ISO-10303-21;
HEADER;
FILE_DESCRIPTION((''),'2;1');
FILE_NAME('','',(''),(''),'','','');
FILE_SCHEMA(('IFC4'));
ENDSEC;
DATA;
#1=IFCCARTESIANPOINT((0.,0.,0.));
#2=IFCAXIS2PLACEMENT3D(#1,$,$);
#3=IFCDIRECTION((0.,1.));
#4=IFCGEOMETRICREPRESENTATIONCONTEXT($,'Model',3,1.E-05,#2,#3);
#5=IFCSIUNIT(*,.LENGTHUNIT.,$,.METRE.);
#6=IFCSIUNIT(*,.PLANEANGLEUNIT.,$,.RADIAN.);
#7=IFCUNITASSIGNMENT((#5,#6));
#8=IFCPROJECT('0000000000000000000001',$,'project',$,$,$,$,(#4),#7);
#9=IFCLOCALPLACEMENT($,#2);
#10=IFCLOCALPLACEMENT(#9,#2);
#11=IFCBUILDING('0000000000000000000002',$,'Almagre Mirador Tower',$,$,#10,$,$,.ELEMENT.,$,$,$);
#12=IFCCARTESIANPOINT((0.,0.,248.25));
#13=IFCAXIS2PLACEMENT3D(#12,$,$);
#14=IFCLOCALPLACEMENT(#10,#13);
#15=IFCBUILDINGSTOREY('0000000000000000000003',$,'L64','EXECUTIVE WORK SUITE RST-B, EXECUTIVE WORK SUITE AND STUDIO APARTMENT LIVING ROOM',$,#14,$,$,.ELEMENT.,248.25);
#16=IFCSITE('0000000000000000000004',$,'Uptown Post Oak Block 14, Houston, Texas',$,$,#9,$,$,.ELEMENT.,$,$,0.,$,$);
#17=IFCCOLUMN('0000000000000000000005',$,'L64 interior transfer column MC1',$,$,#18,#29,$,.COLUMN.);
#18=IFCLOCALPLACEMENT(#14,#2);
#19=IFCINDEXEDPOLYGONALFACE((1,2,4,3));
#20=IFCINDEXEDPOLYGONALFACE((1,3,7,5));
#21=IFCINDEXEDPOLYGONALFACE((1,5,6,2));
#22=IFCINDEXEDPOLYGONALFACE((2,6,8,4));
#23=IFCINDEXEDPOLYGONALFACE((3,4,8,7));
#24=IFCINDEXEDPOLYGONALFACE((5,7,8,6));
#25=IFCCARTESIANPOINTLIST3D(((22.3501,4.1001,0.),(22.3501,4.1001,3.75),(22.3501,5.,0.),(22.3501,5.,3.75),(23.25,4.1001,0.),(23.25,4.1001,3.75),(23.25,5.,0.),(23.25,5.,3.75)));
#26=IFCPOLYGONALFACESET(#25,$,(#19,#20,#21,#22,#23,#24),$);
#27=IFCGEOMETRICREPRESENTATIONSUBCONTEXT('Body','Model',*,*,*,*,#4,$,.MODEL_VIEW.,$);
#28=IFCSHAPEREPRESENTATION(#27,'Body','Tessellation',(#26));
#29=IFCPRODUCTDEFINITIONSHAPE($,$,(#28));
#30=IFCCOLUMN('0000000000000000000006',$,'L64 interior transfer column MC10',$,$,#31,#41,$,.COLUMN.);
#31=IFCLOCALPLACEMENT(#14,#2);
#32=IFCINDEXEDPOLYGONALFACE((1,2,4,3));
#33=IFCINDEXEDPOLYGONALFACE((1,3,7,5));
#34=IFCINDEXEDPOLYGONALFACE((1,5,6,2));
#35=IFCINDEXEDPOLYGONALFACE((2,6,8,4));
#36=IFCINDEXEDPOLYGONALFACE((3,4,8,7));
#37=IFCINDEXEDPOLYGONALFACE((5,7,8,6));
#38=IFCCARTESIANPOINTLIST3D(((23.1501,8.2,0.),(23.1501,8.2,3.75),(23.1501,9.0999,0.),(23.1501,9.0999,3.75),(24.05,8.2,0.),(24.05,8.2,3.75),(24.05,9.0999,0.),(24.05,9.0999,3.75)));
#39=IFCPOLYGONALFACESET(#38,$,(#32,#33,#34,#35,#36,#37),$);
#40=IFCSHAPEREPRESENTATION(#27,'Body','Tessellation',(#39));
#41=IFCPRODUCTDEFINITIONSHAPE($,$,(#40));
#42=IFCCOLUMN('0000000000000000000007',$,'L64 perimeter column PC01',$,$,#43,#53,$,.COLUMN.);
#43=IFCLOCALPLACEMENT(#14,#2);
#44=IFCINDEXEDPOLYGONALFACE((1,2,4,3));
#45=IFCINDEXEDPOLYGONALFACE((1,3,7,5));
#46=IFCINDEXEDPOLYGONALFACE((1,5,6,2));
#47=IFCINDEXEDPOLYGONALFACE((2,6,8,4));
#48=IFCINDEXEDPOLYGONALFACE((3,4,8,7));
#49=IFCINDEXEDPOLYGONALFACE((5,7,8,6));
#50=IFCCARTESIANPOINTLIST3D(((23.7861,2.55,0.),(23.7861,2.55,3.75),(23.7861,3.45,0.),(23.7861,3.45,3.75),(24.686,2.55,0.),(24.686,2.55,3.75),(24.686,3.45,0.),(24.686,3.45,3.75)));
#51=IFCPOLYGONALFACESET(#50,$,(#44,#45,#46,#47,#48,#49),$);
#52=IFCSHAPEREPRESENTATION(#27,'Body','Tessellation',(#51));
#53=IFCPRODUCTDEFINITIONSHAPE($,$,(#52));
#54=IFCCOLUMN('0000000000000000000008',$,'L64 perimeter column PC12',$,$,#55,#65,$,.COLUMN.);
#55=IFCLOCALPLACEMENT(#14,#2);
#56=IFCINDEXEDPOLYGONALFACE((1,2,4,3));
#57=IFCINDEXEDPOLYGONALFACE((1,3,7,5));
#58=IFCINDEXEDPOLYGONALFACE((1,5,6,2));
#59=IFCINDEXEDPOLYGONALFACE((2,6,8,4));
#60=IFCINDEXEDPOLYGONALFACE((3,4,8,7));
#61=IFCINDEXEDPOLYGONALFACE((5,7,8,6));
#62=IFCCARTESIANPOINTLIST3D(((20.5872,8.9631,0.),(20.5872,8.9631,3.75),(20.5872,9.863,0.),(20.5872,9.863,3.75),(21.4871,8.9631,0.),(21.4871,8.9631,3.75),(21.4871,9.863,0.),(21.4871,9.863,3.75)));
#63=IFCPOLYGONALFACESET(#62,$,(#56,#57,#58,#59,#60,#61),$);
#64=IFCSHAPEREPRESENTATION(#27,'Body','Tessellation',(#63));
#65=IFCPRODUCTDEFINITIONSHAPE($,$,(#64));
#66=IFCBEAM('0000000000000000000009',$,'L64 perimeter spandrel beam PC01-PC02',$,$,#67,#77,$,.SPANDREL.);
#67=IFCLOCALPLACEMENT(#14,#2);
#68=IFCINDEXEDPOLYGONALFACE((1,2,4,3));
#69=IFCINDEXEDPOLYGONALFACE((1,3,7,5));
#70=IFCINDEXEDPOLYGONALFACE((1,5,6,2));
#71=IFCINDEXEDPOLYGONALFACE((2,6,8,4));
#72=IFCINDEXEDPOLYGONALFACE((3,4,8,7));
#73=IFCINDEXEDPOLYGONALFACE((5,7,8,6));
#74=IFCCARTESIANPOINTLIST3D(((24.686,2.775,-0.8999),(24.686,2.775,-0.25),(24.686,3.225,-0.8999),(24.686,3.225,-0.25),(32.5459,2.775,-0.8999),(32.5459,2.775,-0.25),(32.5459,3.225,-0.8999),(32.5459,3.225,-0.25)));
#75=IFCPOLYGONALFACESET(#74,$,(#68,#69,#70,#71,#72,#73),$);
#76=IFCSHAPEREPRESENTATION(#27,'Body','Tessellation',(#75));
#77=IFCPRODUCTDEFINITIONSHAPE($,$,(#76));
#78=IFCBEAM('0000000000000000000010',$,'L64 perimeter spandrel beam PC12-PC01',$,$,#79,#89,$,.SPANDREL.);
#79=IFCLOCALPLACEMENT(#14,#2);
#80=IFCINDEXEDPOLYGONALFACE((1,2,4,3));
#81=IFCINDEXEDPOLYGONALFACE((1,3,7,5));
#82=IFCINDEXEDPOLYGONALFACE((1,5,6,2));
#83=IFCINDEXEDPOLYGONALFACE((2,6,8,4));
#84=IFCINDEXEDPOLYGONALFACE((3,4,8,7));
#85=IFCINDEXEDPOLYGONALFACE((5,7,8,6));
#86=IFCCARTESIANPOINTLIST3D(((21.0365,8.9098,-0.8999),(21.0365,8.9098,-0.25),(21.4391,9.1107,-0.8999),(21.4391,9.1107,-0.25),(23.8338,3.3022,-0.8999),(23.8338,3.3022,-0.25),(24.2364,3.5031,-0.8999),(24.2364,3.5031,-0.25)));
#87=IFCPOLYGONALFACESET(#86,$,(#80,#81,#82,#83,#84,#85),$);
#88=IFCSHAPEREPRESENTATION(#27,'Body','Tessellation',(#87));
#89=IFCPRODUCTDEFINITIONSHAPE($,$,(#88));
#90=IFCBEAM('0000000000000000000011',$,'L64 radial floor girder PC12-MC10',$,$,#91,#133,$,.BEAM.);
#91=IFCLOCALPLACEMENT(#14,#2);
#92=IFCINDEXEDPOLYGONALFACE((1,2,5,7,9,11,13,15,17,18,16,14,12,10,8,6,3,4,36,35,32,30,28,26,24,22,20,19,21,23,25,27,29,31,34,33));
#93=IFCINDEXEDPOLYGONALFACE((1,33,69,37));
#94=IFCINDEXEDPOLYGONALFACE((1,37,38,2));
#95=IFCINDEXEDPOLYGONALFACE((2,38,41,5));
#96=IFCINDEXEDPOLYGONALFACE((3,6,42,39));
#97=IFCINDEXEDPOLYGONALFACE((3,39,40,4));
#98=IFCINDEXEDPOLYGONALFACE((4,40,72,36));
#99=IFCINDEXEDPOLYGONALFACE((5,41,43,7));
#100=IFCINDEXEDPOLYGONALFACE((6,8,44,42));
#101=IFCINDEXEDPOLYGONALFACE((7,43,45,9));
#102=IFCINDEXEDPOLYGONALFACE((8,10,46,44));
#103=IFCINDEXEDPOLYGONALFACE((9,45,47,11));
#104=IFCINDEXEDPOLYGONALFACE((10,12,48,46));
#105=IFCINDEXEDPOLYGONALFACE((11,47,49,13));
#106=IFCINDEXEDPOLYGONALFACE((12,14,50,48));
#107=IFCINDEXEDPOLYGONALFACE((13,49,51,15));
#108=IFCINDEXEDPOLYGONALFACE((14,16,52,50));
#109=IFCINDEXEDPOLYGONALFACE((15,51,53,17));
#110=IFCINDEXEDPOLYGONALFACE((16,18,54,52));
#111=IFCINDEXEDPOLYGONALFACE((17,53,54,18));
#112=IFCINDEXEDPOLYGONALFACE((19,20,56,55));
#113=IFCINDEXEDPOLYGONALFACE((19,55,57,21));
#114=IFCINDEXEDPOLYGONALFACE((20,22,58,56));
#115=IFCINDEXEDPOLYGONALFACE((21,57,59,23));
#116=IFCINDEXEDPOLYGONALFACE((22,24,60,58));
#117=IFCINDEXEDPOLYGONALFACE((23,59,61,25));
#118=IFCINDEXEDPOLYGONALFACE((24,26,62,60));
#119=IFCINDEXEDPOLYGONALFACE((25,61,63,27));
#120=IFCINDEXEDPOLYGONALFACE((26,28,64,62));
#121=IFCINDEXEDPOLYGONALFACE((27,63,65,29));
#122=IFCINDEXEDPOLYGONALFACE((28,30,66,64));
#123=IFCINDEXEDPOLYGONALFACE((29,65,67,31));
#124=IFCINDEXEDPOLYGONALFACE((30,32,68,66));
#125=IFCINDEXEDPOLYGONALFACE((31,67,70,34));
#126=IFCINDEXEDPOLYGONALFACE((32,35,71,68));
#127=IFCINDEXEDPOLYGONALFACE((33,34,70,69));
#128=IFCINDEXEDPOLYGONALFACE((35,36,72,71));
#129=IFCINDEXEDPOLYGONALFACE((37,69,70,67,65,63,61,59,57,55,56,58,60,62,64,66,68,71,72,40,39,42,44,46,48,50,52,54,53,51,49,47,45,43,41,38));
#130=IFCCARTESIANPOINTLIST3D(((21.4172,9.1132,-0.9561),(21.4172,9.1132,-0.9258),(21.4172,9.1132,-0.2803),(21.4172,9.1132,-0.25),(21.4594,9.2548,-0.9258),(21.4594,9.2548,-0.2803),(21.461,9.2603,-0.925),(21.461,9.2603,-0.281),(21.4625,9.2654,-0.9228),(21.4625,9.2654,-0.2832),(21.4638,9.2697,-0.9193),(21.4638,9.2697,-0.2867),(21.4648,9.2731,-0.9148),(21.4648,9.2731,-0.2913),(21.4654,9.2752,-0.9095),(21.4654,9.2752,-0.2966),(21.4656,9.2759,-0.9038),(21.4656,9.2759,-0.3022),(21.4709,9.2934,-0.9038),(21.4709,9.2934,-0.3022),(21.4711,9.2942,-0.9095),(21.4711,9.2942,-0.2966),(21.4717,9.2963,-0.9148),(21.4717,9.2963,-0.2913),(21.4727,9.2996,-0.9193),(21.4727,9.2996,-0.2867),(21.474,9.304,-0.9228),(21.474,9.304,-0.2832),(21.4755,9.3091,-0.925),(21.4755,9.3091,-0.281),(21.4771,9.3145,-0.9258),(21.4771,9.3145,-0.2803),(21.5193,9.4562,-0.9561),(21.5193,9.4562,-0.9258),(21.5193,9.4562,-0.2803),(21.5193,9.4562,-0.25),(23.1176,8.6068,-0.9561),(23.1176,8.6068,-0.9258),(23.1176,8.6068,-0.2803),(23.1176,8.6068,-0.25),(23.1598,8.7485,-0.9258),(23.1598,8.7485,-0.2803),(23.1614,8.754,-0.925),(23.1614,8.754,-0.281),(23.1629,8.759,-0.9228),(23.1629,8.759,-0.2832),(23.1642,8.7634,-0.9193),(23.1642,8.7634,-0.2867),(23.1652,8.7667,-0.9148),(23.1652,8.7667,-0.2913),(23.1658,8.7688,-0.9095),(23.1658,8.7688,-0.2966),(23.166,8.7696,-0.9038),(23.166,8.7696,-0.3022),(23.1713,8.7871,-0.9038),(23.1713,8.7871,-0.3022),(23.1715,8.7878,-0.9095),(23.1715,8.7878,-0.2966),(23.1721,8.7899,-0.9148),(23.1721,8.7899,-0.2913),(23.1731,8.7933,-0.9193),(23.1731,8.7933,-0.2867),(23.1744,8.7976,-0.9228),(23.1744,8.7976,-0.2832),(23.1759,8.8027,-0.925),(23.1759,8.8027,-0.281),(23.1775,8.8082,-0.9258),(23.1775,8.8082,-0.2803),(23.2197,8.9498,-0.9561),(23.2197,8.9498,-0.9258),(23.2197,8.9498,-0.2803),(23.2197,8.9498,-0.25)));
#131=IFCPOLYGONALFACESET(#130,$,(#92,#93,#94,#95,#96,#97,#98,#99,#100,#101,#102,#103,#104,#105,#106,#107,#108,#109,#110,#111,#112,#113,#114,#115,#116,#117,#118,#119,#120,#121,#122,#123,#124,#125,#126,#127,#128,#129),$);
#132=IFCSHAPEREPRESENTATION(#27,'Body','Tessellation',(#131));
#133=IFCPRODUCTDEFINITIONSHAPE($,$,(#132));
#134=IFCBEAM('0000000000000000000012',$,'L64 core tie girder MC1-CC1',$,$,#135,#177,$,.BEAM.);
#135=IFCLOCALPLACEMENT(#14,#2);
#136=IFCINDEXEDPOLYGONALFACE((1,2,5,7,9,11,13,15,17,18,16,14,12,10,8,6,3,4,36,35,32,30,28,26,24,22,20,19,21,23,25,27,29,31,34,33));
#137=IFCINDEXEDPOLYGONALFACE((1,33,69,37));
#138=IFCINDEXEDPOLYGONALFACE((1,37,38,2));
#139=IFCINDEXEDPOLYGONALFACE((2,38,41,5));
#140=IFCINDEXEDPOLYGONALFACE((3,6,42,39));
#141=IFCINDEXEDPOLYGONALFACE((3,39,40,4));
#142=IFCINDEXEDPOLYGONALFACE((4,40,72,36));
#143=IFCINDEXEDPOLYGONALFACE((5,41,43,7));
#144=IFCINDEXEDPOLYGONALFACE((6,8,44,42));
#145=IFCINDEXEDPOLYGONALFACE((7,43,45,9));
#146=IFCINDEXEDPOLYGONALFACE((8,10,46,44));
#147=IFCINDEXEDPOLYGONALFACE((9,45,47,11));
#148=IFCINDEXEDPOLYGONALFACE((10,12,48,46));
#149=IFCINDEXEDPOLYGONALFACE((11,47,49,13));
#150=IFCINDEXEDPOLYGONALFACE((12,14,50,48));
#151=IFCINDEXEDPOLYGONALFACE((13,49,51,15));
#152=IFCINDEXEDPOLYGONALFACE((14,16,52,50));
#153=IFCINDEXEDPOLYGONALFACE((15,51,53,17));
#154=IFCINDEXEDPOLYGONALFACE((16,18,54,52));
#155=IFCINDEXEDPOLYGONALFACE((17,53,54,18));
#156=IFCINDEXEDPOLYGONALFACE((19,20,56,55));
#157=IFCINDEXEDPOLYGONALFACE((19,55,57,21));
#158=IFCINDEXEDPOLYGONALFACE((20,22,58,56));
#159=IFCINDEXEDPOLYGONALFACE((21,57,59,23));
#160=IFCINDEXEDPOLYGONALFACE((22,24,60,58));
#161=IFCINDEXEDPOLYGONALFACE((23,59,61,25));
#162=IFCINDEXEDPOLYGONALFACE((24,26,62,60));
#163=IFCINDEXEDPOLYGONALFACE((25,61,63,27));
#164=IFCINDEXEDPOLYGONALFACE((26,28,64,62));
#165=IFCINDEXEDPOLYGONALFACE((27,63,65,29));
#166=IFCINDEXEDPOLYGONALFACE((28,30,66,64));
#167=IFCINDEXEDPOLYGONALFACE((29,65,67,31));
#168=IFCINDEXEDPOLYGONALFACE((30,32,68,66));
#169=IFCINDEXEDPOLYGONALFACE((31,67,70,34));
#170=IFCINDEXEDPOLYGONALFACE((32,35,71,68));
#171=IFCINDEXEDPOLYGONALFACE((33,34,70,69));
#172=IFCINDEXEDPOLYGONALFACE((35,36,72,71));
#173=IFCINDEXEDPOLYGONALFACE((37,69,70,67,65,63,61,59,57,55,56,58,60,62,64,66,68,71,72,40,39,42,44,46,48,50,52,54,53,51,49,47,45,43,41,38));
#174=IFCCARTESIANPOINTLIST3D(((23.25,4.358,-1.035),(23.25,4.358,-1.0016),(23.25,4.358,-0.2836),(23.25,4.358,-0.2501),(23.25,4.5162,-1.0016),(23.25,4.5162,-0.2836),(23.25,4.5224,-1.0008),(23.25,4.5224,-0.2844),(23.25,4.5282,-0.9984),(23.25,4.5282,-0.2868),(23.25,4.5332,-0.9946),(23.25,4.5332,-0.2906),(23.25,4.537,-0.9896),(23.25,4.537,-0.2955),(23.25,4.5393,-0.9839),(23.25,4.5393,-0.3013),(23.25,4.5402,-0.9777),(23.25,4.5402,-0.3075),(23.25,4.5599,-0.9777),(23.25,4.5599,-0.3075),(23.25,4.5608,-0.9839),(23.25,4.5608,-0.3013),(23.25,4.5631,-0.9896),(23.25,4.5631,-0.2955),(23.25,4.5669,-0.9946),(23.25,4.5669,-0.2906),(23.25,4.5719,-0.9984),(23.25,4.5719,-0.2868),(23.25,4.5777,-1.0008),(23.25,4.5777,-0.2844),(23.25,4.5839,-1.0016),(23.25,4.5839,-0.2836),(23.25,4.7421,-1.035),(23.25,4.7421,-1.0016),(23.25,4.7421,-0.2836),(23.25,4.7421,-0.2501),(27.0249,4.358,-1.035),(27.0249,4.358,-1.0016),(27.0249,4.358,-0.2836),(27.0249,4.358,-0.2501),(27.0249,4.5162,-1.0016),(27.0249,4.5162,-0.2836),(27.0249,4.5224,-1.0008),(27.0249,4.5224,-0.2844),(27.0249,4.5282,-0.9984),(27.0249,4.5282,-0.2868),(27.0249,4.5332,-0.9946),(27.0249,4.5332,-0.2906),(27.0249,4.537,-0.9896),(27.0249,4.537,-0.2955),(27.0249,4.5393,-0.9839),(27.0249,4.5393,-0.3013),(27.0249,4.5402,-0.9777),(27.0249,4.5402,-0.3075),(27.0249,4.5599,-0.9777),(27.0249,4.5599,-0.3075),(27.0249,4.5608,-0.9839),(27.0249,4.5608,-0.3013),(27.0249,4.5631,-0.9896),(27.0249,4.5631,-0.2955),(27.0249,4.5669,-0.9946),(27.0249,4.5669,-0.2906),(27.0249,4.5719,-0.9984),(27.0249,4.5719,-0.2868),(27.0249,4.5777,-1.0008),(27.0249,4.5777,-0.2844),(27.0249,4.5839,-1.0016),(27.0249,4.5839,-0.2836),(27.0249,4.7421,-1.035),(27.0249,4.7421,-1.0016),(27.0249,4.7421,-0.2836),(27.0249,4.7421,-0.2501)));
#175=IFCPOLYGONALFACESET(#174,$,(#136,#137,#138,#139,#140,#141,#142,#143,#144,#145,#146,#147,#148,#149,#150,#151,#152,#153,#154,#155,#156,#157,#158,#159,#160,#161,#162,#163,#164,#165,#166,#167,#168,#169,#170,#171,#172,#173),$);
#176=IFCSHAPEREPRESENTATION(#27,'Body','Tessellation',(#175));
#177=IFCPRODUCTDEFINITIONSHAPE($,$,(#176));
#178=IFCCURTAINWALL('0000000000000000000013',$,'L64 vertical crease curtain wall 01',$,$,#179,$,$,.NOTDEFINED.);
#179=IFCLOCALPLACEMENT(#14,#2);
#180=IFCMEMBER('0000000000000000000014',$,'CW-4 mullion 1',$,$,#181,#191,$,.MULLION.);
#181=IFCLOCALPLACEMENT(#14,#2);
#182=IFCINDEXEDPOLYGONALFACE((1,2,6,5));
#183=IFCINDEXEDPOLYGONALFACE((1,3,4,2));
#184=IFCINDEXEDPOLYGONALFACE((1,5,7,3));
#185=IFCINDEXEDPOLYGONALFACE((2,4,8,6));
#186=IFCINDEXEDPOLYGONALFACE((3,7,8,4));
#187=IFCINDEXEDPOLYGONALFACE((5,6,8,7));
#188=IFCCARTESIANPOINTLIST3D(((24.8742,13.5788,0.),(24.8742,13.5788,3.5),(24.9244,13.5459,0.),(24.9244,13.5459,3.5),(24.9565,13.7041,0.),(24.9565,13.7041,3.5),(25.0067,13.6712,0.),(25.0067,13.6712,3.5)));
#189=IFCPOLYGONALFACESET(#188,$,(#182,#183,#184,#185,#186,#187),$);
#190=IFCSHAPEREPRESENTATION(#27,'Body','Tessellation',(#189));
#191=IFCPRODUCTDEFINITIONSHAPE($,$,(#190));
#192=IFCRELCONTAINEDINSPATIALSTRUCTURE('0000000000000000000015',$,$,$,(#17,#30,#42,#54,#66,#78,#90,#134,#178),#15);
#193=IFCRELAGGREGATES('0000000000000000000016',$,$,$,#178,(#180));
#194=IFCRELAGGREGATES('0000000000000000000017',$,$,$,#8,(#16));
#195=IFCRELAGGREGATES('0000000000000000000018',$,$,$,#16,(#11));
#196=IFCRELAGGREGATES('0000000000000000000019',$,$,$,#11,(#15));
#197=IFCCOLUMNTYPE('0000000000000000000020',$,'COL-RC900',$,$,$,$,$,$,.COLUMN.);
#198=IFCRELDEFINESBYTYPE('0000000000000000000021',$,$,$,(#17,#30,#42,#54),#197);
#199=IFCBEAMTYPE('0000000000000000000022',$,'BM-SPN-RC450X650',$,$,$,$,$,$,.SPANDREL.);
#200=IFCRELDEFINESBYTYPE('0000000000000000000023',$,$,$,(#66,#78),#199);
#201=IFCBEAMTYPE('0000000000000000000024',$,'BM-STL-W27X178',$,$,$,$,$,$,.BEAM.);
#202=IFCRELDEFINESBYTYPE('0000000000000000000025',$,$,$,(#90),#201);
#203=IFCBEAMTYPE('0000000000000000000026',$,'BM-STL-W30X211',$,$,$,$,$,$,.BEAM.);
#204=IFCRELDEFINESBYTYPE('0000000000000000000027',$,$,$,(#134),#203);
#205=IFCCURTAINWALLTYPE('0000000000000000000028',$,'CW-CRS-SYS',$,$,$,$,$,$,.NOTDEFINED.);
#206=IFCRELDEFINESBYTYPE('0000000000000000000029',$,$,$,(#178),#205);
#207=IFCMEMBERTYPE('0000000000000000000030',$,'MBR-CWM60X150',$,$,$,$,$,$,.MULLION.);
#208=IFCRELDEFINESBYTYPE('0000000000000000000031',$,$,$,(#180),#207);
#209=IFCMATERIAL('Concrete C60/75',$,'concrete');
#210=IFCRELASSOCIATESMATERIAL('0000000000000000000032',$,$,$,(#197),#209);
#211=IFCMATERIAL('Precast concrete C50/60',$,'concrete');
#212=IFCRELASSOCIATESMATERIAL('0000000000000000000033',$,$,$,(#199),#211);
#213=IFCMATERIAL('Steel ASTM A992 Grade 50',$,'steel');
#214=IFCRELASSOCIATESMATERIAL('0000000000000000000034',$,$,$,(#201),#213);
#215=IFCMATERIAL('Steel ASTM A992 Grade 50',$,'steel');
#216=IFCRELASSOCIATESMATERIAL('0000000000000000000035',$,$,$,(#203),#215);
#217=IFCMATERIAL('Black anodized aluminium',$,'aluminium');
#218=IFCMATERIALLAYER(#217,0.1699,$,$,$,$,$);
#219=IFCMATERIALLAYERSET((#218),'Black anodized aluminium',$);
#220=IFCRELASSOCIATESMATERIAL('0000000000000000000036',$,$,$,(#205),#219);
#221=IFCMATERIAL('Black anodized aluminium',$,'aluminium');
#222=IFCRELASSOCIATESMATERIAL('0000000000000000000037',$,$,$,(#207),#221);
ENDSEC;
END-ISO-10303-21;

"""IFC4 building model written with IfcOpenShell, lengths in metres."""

from ifc_helpers import new_model, si_unit, direction, frame, origin, origin_2d, place, context, subcontext, project, spatial, rectangle, i_section, extrude, material, layer, layer_set, material_profile, profile_set, type_object, element, aggregate, save


model = new_model("IFC4")

# Units and contexts
model_context = context("Model", 3, precision=1e-05, world=origin(), true_north=direction((0.0, 1.0)))
body_context = subcontext(model_context, "Body", "Model", "MODEL_VIEW")
ifc_project = project(units=[si_unit("LENGTHUNIT", "METRE"), si_unit("PLANEANGLEUNIT", "RADIAN")], contexts=[model_context])

# Site, building, storey
site_placement = place(None, origin())
site = spatial("IfcSite", under=ifc_project, at=site_placement, Name="Uptown Post Oak Block 14, Houston, Texas", CompositionType="ELEMENT", RefElevation=0.0)
building_placement = place(site_placement, origin())
building = spatial("IfcBuilding", under=site, at=building_placement, Name="Almagre Mirador Tower", CompositionType="ELEMENT")
storey_placement = place(building_placement, frame((0.0, 0.0, 248.25)))
storey = spatial("IfcBuildingStorey", under=building, at=storey_placement, Name="L64", Description="EXECUTIVE WORK SUITE RST-B, EXECUTIVE WORK SUITE AND STUDIO APARTMENT LIVING ROOM", CompositionType="ELEMENT", Elevation=248.25)

# Columns
ifc_material_1 = material(Name="Concrete C60/75", Category="concrete")
ifc_material_profile_1 = material_profile(ifc_material_1, rectangle(XDim=0.8999, YDim=0.8999, at=origin_2d()), Name="RC900X900")
ifc_profile_set_1 = profile_set([ifc_material_profile_1], Name="Concrete C60/75")
column_type = type_object("IfcColumnType", Name="COL-RC900", PredefinedType="COLUMN", material=ifc_profile_set_1)
for number, where, z_axis, x_axis, name in (
    (1, (22.8, 4.55, 0.0), (0.0, 0.0, 1.0), (1.0, 0.0, 0.0), "L64 interior transfer column MC1"),
    (2, (23.6001, 8.6499, 0.0), (0.0, 0.0, 1.0), (1.0, 0.0, 0.0), "L64 interior transfer column MC10"),
    (3, (24.2361, 3.0, 0.0), (0.0, 0.0, 1.0), (1.0, 0.0, 0.0), "L64 perimeter column PC01"),
    (4, (21.0371, 9.4131, 0.0), (0.0, 0.0, 1.0), (1.0, 0.0, 0.0), "L64 perimeter column PC12"),
):
    element("IfcColumn", number, at=place(storey_placement, frame(where, z_axis=z_axis, x_axis=x_axis)), inside=storey, type_object=column_type, Name=name, PredefinedType="COLUMN", context=body_context, shape_type="SweptSolid", body=[
        extrude(rectangle(XDim=0.8999, YDim=0.8999, at=origin_2d()), origin(), (0.0, 0.0, 1.0), 3.75),
    ])

# Beams
ifc_material_2 = material(Name="Precast concrete C50/60", Category="concrete")
ifc_material_profile_2 = material_profile(ifc_material_2, rectangle(XDim=0.45, YDim=0.6499, at=origin_2d()), Name="RC450X650")
ifc_profile_set_2 = profile_set([ifc_material_profile_2], Name="Precast concrete C50/60")
beam_type_1 = type_object("IfcBeamType", Name="BM-SPN-RC450X650", PredefinedType="SPANDREL", material=ifc_profile_set_2)
beam_1_placement = place(storey_placement, frame((24.686, 3.0, -0.575), z_axis=(1.0, 0.0, 0.0), x_axis=(0.0, 1.0, 0.0)))
element("IfcBeam", 5, at=beam_1_placement, inside=storey, type_object=beam_type_1, Name="L64 perimeter spandrel beam PC01-PC02", PredefinedType="SPANDREL", context=body_context, shape_type="SweptSolid", body=[
    extrude(rectangle(XDim=0.45, YDim=0.6499, at=origin_2d()), origin(), (0.0, 0.0, 1.0), 7.8599),
])
beam_2_placement = place(storey_placement, frame((21.2378, 9.0103, -0.575), z_axis=(0.446387, -0.89484, 0.0), x_axis=(0.89484, 0.446387, 0.0)))
element("IfcBeam", 6, at=beam_2_placement, inside=storey, type_object=beam_type_1, Name="L64 perimeter spandrel beam PC12-PC01", PredefinedType="SPANDREL", context=body_context, shape_type="SweptSolid", body=[
    extrude(rectangle(XDim=0.45, YDim=0.6499, at=origin_2d()), origin(), (0.0, 0.0, 1.0), 6.2666),
])
ifc_material_3 = material(Name="Steel ASTM A992 Grade 50", Category="steel")
ifc_material_profile_3 = material_profile(ifc_material_3, i_section(OverallWidth=0.3579, OverallDepth=0.7061, WebThickness=0.0183, FlangeThickness=0.0303, FilletRadius=0.022, at=origin_2d()), Name="W27X178")
ifc_profile_set_3 = profile_set([ifc_material_profile_3], Name="Steel ASTM A992 Grade 50")
beam_type_2 = type_object("IfcBeamType", Name="BM-STL-W27X178", PredefinedType="BEAM", material=ifc_profile_set_3)
beam_3_placement = place(storey_placement, frame((21.4683, 9.2847, -0.603), z_axis=(0.958411, -0.285391, 0.0), x_axis=(0.285391, 0.958411, 0.0)))
element("IfcBeam", 7, at=beam_3_placement, inside=storey, type_object=beam_type_2, Name="L64 radial floor girder PC12-MC10", PredefinedType="BEAM", context=body_context, shape_type="SweptSolid", body=[
    extrude(i_section(OverallWidth=0.3579, OverallDepth=0.7061, WebThickness=0.0183, FlangeThickness=0.0303, FilletRadius=0.022, at=origin_2d()), origin(), (0.0, 0.0, 1.0), 1.7742),
])
ifc_material_4 = material(Name="Steel ASTM A992 Grade 50", Category="steel")
ifc_material_profile_4 = material_profile(ifc_material_4, i_section(OverallWidth=0.384, OverallDepth=0.7849, WebThickness=0.0198, FlangeThickness=0.0334, FilletRadius=0.0239, at=origin_2d()), Name="W30X211")
ifc_profile_set_4 = profile_set([ifc_material_profile_4], Name="Steel ASTM A992 Grade 50")
beam_type_3 = type_object("IfcBeamType", Name="BM-STL-W30X211", PredefinedType="BEAM", material=ifc_profile_set_4)
beam_4_placement = place(storey_placement, frame((23.25, 4.55, -0.6426), z_axis=(1.0, 0.0, 0.0), x_axis=(0.0, 1.0, 0.0)))
element("IfcBeam", 8, at=beam_4_placement, inside=storey, type_object=beam_type_3, Name="L64 core tie girder MC1-CC1", PredefinedType="BEAM", context=body_context, shape_type="SweptSolid", body=[
    extrude(i_section(OverallWidth=0.384, OverallDepth=0.7849, WebThickness=0.0198, FlangeThickness=0.0334, FilletRadius=0.0239, at=origin_2d()), origin(), (0.0, 0.0, 1.0), 3.7749),
])

# Curtain wall, member
ifc_material_5 = material(Name="Black anodized aluminium", Category="aluminium")
ifc_layer_1 = layer(ifc_material_5, 0.1699)
ifc_layer_set_1 = layer_set([ifc_layer_1], Name="Black anodized aluminium")
curtain_wall_type_1 = type_object("IfcCurtainWallType", Name="CW-CRS-SYS", PredefinedType="NOTDEFINED", material=ifc_layer_set_1)
curtain_wall_1_placement = place(storey_placement, origin())
curtain_wall_1 = element("IfcCurtainWall", 9, at=curtain_wall_1_placement, inside=storey, type_object=curtain_wall_type_1, Name="L64 vertical crease curtain wall 01", PredefinedType="NOTDEFINED")
ifc_material_6 = material(Name="Black anodized aluminium", Category="aluminium")
ifc_material_profile_5 = material_profile(ifc_material_6, rectangle(XDim=0.0601, YDim=0.1499, at=origin_2d()), Name="CWM60X150")
ifc_profile_set_5 = profile_set([ifc_material_profile_5], Name="Black anodized aluminium")
member_type_1 = type_object("IfcMemberType", Name="MBR-CWM60X150", PredefinedType="MULLION", material=ifc_profile_set_5)
member_1_placement = place(storey_placement, frame((24.9404, 13.625, 0.0), z_axis=(0.0, 0.0, 1.0), x_axis=(-0.835931, 0.548834, 0.0)))
member_1 = element("IfcMember", 10, at=member_1_placement, type_object=member_type_1, Name="CW-4 mullion 1", PredefinedType="MULLION", context=body_context, shape_type="SweptSolid", body=[
    extrude(rectangle(XDim=0.0601, YDim=0.1499, at=origin_2d()), origin(), (0.0, 0.0, 1.0), 3.5),
])

aggregate(curtain_wall_1, [member_1])

save(model, "model.ifc")
